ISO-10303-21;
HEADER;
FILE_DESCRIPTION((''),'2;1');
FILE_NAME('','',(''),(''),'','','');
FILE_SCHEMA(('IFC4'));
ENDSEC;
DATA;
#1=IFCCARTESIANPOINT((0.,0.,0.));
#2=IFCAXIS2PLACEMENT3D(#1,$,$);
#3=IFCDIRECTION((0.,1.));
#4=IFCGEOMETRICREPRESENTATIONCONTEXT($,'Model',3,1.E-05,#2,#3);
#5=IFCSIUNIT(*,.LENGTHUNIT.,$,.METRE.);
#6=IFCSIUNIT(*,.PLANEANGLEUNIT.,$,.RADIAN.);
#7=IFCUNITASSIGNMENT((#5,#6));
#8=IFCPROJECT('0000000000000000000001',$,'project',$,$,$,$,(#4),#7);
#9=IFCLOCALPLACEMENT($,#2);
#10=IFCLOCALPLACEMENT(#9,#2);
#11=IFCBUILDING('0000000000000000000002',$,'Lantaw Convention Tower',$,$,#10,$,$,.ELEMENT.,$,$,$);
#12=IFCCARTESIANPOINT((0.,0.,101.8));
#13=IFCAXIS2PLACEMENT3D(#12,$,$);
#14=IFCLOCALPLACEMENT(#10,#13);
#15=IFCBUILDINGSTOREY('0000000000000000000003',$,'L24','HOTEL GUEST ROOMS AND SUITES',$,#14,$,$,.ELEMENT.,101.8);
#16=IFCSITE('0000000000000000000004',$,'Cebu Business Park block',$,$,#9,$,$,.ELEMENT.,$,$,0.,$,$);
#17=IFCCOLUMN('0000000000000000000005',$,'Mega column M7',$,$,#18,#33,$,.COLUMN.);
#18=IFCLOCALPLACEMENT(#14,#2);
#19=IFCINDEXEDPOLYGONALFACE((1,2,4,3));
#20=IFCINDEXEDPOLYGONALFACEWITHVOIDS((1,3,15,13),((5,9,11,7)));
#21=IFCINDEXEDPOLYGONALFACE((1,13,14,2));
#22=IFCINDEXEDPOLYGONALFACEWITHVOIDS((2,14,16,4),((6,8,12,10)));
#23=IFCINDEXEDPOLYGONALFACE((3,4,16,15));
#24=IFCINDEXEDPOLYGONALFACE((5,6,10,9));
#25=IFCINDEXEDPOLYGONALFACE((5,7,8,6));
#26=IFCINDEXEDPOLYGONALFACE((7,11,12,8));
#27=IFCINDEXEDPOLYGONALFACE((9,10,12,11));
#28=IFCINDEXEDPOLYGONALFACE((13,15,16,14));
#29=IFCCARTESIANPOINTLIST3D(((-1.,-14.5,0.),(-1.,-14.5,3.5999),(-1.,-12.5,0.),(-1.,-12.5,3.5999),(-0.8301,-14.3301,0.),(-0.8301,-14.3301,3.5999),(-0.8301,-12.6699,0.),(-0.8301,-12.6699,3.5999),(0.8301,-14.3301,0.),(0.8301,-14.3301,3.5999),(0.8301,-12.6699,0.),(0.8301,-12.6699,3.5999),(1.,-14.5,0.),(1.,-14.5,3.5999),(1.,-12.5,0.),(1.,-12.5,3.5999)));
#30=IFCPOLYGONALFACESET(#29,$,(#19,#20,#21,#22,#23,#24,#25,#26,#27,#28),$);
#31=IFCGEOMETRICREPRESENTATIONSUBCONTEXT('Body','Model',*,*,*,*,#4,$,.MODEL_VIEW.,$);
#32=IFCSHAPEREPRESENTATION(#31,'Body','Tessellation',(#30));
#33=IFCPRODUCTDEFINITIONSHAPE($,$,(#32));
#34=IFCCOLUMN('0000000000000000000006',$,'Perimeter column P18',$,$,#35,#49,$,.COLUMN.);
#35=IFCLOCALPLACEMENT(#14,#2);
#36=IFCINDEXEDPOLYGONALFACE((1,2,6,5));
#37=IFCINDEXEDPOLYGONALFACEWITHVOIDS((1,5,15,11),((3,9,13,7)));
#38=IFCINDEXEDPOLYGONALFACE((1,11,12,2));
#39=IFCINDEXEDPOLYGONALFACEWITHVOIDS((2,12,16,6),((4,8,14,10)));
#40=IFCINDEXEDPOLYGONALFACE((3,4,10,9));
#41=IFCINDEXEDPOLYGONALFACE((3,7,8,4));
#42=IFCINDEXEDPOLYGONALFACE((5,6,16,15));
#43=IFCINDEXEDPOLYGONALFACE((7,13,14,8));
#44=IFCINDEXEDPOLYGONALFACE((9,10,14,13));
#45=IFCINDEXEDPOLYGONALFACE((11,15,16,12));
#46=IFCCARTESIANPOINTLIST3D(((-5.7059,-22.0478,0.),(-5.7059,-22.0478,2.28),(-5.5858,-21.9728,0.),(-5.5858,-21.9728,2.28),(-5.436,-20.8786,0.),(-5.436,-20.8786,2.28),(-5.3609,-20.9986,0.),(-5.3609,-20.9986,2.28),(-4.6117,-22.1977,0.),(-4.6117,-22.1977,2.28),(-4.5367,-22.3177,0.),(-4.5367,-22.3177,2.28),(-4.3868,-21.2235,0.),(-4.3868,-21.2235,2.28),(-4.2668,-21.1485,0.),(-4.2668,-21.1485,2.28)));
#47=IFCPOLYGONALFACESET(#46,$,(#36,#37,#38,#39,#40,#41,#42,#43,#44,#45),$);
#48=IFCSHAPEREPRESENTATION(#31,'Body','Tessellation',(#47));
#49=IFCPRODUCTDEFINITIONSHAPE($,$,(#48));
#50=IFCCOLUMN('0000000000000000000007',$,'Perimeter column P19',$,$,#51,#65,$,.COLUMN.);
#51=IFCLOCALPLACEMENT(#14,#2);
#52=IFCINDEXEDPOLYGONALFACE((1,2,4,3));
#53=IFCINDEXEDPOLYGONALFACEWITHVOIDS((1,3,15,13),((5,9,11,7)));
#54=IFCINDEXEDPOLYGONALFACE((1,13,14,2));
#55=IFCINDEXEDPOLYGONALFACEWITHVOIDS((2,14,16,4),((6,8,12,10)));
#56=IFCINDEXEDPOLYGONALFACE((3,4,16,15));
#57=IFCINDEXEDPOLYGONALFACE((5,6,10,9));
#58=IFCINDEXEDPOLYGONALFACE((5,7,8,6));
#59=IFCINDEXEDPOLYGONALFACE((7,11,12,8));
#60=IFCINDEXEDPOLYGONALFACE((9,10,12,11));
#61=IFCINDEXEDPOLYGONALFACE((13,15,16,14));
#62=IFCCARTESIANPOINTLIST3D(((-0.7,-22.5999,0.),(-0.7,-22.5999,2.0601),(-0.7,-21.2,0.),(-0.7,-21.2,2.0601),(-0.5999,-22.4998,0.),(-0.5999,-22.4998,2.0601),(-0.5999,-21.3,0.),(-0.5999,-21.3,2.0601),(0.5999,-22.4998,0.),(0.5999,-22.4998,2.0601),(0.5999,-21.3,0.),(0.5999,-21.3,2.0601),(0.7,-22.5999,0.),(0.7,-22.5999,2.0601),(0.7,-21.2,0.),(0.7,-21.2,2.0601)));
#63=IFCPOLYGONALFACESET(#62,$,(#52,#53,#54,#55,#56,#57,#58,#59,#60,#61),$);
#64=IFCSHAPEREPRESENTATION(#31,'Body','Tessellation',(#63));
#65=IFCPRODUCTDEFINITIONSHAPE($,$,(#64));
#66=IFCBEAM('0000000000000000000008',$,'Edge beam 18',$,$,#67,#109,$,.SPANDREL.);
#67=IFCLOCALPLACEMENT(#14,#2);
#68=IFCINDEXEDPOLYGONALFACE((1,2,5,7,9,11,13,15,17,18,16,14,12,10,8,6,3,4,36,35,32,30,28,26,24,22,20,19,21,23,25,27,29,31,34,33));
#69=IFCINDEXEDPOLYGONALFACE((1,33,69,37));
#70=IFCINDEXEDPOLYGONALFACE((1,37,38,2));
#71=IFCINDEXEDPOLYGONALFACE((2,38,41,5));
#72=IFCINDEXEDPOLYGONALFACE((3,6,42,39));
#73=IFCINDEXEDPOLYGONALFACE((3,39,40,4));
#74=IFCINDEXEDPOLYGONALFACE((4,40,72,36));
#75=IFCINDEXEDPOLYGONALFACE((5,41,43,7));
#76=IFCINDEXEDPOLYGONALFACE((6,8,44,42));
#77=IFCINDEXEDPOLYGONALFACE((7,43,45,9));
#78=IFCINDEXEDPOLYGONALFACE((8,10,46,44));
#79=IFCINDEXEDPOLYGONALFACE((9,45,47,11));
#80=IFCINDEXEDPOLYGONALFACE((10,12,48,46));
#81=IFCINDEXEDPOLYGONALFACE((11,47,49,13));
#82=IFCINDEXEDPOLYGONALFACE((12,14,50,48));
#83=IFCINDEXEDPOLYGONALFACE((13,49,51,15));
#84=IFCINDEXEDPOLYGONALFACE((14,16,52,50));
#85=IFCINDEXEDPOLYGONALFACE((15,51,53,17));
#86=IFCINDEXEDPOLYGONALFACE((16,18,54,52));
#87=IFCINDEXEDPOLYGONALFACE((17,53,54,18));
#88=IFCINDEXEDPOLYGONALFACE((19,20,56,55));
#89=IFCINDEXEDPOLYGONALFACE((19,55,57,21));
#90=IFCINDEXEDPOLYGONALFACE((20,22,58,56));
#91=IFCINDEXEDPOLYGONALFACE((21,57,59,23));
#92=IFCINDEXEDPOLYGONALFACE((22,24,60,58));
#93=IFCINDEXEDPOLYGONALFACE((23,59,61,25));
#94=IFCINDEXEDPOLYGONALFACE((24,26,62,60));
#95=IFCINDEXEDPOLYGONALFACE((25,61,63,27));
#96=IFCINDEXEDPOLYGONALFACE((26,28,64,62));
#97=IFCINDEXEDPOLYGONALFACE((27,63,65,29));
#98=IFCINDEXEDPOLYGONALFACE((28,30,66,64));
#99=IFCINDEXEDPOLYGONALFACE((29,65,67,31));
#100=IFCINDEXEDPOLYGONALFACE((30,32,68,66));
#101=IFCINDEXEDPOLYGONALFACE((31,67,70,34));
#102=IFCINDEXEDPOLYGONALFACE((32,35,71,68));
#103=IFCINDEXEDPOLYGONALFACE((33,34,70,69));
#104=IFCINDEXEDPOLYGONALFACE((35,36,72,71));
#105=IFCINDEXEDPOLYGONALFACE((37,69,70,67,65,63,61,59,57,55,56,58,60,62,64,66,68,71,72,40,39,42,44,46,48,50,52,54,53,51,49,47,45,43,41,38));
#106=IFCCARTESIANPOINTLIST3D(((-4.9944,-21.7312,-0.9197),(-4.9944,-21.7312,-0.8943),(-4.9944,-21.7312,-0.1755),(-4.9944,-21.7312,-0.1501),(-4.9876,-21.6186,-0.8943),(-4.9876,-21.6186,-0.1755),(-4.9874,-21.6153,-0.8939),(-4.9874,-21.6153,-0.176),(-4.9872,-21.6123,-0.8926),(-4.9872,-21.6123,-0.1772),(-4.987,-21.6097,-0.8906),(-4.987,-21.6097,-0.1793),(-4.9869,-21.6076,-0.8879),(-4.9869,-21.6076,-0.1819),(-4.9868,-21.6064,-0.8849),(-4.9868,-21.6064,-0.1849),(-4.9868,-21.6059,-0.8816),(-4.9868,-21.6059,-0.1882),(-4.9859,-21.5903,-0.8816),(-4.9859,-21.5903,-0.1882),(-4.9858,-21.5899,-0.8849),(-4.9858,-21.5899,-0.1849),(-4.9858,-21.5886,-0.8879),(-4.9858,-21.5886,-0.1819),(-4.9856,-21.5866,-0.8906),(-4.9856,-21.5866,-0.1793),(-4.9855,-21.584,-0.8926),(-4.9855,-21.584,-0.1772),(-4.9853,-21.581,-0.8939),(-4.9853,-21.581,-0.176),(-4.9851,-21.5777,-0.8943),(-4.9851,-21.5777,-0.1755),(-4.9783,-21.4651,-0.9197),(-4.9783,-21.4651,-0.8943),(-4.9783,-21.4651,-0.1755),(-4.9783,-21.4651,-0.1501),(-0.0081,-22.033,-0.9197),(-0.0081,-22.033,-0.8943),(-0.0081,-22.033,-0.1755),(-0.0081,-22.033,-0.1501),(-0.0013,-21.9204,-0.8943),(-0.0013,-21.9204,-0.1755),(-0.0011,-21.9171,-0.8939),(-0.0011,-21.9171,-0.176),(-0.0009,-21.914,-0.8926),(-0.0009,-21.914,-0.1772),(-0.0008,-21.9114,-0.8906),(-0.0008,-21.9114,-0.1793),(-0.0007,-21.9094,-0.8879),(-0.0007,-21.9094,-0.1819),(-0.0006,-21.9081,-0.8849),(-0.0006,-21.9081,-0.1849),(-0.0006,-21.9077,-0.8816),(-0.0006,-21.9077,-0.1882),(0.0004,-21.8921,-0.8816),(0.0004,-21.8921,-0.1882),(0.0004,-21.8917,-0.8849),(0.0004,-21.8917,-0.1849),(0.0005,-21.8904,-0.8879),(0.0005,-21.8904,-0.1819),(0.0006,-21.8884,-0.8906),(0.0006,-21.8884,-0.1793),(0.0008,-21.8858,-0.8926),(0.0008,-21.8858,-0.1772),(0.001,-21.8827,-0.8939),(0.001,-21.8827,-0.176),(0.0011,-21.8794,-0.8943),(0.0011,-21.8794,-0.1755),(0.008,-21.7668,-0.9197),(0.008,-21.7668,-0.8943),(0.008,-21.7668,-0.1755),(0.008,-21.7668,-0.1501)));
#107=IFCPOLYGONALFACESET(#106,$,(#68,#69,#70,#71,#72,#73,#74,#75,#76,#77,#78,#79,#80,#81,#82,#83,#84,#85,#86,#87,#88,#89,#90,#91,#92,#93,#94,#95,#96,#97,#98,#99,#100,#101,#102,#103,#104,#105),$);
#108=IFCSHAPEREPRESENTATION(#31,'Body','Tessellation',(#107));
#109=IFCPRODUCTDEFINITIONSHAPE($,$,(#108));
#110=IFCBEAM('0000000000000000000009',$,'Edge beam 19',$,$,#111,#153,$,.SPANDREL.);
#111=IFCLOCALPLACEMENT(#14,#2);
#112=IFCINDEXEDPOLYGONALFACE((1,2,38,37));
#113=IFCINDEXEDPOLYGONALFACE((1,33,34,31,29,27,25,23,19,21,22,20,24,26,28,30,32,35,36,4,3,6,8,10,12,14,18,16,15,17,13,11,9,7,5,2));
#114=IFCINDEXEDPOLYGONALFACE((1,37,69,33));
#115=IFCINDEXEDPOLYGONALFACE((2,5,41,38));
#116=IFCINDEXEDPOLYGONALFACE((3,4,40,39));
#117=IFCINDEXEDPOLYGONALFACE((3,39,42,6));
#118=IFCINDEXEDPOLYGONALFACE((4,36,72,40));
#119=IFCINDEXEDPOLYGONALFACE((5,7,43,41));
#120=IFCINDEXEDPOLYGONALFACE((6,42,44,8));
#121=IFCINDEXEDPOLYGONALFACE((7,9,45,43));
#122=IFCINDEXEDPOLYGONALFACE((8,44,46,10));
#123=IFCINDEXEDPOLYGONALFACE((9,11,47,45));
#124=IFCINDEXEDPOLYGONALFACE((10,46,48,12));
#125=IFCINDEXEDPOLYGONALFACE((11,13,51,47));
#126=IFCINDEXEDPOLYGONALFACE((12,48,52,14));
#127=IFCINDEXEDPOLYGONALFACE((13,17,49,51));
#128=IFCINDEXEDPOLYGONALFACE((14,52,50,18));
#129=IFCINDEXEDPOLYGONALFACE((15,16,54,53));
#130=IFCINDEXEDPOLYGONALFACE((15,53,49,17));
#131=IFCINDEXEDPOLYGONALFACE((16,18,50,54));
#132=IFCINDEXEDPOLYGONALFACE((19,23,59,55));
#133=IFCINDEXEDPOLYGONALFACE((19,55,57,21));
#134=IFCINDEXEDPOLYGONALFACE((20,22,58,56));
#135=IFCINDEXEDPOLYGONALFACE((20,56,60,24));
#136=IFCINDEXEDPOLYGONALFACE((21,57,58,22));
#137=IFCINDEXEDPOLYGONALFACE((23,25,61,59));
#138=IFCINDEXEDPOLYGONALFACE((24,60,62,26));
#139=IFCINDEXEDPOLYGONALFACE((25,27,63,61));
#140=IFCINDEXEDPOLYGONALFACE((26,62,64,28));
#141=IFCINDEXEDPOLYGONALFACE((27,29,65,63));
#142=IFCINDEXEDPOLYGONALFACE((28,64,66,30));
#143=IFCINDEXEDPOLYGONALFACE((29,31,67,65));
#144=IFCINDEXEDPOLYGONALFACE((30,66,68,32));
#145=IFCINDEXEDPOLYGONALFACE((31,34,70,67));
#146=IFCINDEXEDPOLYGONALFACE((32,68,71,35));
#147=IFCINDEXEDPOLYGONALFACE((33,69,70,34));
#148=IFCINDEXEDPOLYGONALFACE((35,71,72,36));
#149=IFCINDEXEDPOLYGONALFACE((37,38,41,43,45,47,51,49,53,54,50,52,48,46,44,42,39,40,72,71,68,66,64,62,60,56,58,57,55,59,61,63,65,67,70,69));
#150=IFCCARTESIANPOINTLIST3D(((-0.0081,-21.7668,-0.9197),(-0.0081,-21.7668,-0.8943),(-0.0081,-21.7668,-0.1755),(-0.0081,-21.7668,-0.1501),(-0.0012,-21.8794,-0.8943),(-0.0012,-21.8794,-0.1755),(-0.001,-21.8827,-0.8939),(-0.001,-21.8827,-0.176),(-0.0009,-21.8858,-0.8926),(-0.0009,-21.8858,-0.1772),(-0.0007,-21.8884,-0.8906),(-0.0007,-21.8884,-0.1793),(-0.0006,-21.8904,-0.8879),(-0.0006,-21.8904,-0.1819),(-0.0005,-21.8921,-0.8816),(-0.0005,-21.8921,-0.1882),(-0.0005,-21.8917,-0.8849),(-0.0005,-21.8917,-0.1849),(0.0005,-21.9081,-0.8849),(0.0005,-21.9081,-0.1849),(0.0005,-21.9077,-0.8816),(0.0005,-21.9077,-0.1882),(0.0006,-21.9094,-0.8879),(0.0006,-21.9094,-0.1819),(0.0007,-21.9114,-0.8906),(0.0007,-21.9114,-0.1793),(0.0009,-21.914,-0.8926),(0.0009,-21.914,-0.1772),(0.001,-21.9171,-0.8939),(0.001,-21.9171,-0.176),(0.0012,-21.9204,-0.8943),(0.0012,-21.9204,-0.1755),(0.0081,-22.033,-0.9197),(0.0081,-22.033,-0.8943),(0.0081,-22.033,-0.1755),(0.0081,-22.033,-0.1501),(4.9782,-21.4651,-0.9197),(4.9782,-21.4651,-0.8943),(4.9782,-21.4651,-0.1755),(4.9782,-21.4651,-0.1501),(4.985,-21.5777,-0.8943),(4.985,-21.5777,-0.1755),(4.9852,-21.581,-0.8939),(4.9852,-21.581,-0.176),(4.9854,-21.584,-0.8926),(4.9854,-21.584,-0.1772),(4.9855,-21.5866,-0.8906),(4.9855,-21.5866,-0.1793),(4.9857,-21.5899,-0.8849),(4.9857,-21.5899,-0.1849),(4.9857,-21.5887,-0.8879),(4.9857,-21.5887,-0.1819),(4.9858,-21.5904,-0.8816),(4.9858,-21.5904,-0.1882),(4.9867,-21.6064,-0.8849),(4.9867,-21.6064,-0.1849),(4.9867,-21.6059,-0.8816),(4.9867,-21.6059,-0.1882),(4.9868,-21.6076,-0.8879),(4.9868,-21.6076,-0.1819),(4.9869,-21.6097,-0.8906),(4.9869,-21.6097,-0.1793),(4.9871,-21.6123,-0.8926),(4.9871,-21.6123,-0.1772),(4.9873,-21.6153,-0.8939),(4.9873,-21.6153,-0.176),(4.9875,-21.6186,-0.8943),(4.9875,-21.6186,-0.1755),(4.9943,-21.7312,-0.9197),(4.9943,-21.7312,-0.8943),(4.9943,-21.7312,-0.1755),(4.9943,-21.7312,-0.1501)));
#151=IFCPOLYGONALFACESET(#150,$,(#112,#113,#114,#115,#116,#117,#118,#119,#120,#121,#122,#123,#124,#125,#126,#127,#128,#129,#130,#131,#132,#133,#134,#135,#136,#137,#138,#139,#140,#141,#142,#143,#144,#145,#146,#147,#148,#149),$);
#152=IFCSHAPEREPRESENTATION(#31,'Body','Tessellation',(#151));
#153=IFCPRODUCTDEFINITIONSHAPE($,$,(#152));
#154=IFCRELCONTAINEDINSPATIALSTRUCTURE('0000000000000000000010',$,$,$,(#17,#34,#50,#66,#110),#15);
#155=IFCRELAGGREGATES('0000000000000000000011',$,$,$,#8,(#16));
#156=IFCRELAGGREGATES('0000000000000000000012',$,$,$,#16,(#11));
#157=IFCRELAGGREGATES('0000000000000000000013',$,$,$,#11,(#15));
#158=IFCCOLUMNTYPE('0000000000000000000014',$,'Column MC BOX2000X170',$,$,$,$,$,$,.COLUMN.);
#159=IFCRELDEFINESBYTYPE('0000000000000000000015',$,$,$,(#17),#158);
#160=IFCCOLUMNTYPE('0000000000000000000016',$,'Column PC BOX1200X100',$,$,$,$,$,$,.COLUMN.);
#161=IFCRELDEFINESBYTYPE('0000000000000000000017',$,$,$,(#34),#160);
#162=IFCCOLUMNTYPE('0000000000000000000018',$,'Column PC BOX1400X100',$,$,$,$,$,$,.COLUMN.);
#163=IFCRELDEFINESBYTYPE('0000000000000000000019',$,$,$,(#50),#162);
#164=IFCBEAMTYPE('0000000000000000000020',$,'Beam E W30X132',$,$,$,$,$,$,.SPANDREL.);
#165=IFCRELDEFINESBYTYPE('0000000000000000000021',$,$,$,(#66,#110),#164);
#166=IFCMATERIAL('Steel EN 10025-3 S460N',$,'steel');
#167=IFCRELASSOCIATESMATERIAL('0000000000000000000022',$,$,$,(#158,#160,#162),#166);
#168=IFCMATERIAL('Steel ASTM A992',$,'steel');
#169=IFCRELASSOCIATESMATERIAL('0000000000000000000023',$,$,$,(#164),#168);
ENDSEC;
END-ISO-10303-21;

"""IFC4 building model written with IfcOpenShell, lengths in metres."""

from ifc_helpers import new_model, si_unit, direction, frame, origin, origin_2d, place, context, subcontext, project, spatial, rectangle, hollow_rectangle, i_section, extrude, material, material_profile, profile_set, type_object, element, save


model = new_model("IFC4")

# Units and contexts
model_context = context("Model", 3, precision=1e-05, world=origin(), true_north=direction((0.0, 1.0)))
body_context = subcontext(model_context, "Body", "Model", "MODEL_VIEW")
ifc_project = project(units=[si_unit("LENGTHUNIT", "METRE"), si_unit("PLANEANGLEUNIT", "RADIAN")], contexts=[model_context])

# Site, building, storey
site_placement = place(None, origin())
site = spatial("IfcSite", under=ifc_project, at=site_placement, Name="Cebu Business Park block", CompositionType="ELEMENT", RefElevation=0.0)
building_placement = place(site_placement, origin())
building = spatial("IfcBuilding", under=site, at=building_placement, Name="Lantaw Convention Tower", CompositionType="ELEMENT")
storey_placement = place(building_placement, frame((0.0, 0.0, 101.8)))
storey = spatial("IfcBuildingStorey", under=building, at=storey_placement, Name="L24", Description="HOTEL GUEST ROOMS AND SUITES", CompositionType="ELEMENT", Elevation=101.8)

# Columns
ifc_material_1 = material(Name="Steel EN 10025-3 S460N", Category="steel")
ifc_material_profile_1 = material_profile(ifc_material_1, hollow_rectangle(XDim=2.0, YDim=2.0, WallThickness=0.1699, at=origin_2d()), Name="BOX2000X170")
ifc_material_2 = material(Name="Concrete C60/75", Category="concrete")
ifc_material_profile_2 = material_profile(ifc_material_2, rectangle(XDim=1.6599, YDim=1.6599, at=origin_2d()), Name="Concrete fill of BOX2000X170")
ifc_profile_set_1 = profile_set([ifc_material_profile_1, ifc_material_profile_2], Name="Steel EN 10025-3 S460N")
column_type_1 = type_object("IfcColumnType", Name="Column MC BOX2000X170", PredefinedType="COLUMN", material=ifc_profile_set_1)
column_1_placement = place(storey_placement, frame((0.0, -13.5, 0.0), z_axis=(0.0, 0.0, 1.0), x_axis=(1.0, 0.0, 0.0)))
element("IfcColumn", 1, at=column_1_placement, inside=storey, type_object=column_type_1, Name="Mega column M7", PredefinedType="COLUMN", context=body_context, shape_type="SweptSolid", body=[
    extrude(hollow_rectangle(XDim=2.0, YDim=2.0, WallThickness=0.1699, at=origin_2d()), origin(), (0.0, 0.0, 1.0), 3.5999),
])
ifc_material_profile_3 = material_profile(ifc_material_1, hollow_rectangle(XDim=1.2, YDim=1.2, WallThickness=0.1001, at=origin_2d()), Name="BOX1200X100")
ifc_material_profile_4 = material_profile(ifc_material_2, rectangle(XDim=1.0, YDim=1.0, at=origin_2d()), Name="Concrete fill of BOX1200X100")
ifc_profile_set_2 = profile_set([ifc_material_profile_3, ifc_material_profile_4], Name="Steel EN 10025-3 S460N")
column_type_2 = type_object("IfcColumnType", Name="Column PC BOX1200X100", PredefinedType="COLUMN", material=ifc_profile_set_2)
column_2_placement = place(storey_placement, frame((-4.9863, -21.5981, 0.0), z_axis=(0.0, 0.0, 1.0), x_axis=(0.224951, 0.97437, 0.0)))
element("IfcColumn", 2, at=column_2_placement, inside=storey, type_object=column_type_2, Name="Perimeter column P18", PredefinedType="COLUMN", context=body_context, shape_type="SweptSolid", body=[
    extrude(hollow_rectangle(XDim=1.2, YDim=1.2, WallThickness=0.1001, at=origin_2d()), origin(), (0.0, 0.0, 1.0), 2.28),
])
ifc_material_profile_5 = material_profile(ifc_material_1, hollow_rectangle(XDim=1.3999, YDim=1.3999, WallThickness=0.1001, at=origin_2d()), Name="BOX1400X100")
ifc_material_profile_6 = material_profile(ifc_material_2, rectangle(XDim=1.2, YDim=1.2, at=origin_2d()), Name="Concrete fill of BOX1400X100")
ifc_profile_set_3 = profile_set([ifc_material_profile_5, ifc_material_profile_6], Name="Steel EN 10025-3 S460N")
column_type_3 = type_object("IfcColumnType", Name="Column PC BOX1400X100", PredefinedType="COLUMN", material=ifc_profile_set_3)
column_3_placement = place(storey_placement, frame((0.0, -21.8999, 0.0), z_axis=(0.0, 0.0, 1.0), x_axis=(1.0, 0.0, 0.0)))
element("IfcColumn", 3, at=column_3_placement, inside=storey, type_object=column_type_3, Name="Perimeter column P19", PredefinedType="COLUMN", context=body_context, shape_type="SweptSolid", body=[
    extrude(hollow_rectangle(XDim=1.3999, YDim=1.3999, WallThickness=0.1001, at=origin_2d()), origin(), (0.0, 0.0, 1.0), 2.0601),
])

# Beams
ifc_material_3 = material(Name="Steel ASTM A992", Category="steel")
ifc_material_profile_7 = material_profile(ifc_material_3, i_section(OverallWidth=0.2666, OverallDepth=0.7695, WebThickness=0.0156, FlangeThickness=0.0254, FilletRadius=0.0127, at=origin_2d()), Name="W30X132")
ifc_profile_set_4 = profile_set([ifc_material_profile_7], Name="Steel ASTM A992")
beam_type_1 = type_object("IfcBeamType", Name="Beam E W30X132", PredefinedType="SPANDREL", material=ifc_profile_set_4)
for number, where, z_axis, x_axis, name in (
    (4, (-4.9863, -21.5981, -0.5349), (0.998174, -0.060407, 0.0), (0.060407, 0.998174, 0.0), "Edge beam 18"),
    (5, (0.0, -21.8999, -0.5349), (0.998174, 0.060407, 0.0), (-0.060407, 0.998174, 0.0), "Edge beam 19"),
):
    element("IfcBeam", number, at=place(storey_placement, frame(where, z_axis=z_axis, x_axis=x_axis)), inside=storey, type_object=beam_type_1, Name=name, PredefinedType="SPANDREL", context=body_context, shape_type="SweptSolid", body=[
        extrude(i_section(OverallWidth=0.2666, OverallDepth=0.7695, WebThickness=0.0156, FlangeThickness=0.0254, FilletRadius=0.0127, at=origin_2d()), origin(), (0.0, 0.0, 1.0), 4.9954),
    ])

save(model, "model.ifc")
